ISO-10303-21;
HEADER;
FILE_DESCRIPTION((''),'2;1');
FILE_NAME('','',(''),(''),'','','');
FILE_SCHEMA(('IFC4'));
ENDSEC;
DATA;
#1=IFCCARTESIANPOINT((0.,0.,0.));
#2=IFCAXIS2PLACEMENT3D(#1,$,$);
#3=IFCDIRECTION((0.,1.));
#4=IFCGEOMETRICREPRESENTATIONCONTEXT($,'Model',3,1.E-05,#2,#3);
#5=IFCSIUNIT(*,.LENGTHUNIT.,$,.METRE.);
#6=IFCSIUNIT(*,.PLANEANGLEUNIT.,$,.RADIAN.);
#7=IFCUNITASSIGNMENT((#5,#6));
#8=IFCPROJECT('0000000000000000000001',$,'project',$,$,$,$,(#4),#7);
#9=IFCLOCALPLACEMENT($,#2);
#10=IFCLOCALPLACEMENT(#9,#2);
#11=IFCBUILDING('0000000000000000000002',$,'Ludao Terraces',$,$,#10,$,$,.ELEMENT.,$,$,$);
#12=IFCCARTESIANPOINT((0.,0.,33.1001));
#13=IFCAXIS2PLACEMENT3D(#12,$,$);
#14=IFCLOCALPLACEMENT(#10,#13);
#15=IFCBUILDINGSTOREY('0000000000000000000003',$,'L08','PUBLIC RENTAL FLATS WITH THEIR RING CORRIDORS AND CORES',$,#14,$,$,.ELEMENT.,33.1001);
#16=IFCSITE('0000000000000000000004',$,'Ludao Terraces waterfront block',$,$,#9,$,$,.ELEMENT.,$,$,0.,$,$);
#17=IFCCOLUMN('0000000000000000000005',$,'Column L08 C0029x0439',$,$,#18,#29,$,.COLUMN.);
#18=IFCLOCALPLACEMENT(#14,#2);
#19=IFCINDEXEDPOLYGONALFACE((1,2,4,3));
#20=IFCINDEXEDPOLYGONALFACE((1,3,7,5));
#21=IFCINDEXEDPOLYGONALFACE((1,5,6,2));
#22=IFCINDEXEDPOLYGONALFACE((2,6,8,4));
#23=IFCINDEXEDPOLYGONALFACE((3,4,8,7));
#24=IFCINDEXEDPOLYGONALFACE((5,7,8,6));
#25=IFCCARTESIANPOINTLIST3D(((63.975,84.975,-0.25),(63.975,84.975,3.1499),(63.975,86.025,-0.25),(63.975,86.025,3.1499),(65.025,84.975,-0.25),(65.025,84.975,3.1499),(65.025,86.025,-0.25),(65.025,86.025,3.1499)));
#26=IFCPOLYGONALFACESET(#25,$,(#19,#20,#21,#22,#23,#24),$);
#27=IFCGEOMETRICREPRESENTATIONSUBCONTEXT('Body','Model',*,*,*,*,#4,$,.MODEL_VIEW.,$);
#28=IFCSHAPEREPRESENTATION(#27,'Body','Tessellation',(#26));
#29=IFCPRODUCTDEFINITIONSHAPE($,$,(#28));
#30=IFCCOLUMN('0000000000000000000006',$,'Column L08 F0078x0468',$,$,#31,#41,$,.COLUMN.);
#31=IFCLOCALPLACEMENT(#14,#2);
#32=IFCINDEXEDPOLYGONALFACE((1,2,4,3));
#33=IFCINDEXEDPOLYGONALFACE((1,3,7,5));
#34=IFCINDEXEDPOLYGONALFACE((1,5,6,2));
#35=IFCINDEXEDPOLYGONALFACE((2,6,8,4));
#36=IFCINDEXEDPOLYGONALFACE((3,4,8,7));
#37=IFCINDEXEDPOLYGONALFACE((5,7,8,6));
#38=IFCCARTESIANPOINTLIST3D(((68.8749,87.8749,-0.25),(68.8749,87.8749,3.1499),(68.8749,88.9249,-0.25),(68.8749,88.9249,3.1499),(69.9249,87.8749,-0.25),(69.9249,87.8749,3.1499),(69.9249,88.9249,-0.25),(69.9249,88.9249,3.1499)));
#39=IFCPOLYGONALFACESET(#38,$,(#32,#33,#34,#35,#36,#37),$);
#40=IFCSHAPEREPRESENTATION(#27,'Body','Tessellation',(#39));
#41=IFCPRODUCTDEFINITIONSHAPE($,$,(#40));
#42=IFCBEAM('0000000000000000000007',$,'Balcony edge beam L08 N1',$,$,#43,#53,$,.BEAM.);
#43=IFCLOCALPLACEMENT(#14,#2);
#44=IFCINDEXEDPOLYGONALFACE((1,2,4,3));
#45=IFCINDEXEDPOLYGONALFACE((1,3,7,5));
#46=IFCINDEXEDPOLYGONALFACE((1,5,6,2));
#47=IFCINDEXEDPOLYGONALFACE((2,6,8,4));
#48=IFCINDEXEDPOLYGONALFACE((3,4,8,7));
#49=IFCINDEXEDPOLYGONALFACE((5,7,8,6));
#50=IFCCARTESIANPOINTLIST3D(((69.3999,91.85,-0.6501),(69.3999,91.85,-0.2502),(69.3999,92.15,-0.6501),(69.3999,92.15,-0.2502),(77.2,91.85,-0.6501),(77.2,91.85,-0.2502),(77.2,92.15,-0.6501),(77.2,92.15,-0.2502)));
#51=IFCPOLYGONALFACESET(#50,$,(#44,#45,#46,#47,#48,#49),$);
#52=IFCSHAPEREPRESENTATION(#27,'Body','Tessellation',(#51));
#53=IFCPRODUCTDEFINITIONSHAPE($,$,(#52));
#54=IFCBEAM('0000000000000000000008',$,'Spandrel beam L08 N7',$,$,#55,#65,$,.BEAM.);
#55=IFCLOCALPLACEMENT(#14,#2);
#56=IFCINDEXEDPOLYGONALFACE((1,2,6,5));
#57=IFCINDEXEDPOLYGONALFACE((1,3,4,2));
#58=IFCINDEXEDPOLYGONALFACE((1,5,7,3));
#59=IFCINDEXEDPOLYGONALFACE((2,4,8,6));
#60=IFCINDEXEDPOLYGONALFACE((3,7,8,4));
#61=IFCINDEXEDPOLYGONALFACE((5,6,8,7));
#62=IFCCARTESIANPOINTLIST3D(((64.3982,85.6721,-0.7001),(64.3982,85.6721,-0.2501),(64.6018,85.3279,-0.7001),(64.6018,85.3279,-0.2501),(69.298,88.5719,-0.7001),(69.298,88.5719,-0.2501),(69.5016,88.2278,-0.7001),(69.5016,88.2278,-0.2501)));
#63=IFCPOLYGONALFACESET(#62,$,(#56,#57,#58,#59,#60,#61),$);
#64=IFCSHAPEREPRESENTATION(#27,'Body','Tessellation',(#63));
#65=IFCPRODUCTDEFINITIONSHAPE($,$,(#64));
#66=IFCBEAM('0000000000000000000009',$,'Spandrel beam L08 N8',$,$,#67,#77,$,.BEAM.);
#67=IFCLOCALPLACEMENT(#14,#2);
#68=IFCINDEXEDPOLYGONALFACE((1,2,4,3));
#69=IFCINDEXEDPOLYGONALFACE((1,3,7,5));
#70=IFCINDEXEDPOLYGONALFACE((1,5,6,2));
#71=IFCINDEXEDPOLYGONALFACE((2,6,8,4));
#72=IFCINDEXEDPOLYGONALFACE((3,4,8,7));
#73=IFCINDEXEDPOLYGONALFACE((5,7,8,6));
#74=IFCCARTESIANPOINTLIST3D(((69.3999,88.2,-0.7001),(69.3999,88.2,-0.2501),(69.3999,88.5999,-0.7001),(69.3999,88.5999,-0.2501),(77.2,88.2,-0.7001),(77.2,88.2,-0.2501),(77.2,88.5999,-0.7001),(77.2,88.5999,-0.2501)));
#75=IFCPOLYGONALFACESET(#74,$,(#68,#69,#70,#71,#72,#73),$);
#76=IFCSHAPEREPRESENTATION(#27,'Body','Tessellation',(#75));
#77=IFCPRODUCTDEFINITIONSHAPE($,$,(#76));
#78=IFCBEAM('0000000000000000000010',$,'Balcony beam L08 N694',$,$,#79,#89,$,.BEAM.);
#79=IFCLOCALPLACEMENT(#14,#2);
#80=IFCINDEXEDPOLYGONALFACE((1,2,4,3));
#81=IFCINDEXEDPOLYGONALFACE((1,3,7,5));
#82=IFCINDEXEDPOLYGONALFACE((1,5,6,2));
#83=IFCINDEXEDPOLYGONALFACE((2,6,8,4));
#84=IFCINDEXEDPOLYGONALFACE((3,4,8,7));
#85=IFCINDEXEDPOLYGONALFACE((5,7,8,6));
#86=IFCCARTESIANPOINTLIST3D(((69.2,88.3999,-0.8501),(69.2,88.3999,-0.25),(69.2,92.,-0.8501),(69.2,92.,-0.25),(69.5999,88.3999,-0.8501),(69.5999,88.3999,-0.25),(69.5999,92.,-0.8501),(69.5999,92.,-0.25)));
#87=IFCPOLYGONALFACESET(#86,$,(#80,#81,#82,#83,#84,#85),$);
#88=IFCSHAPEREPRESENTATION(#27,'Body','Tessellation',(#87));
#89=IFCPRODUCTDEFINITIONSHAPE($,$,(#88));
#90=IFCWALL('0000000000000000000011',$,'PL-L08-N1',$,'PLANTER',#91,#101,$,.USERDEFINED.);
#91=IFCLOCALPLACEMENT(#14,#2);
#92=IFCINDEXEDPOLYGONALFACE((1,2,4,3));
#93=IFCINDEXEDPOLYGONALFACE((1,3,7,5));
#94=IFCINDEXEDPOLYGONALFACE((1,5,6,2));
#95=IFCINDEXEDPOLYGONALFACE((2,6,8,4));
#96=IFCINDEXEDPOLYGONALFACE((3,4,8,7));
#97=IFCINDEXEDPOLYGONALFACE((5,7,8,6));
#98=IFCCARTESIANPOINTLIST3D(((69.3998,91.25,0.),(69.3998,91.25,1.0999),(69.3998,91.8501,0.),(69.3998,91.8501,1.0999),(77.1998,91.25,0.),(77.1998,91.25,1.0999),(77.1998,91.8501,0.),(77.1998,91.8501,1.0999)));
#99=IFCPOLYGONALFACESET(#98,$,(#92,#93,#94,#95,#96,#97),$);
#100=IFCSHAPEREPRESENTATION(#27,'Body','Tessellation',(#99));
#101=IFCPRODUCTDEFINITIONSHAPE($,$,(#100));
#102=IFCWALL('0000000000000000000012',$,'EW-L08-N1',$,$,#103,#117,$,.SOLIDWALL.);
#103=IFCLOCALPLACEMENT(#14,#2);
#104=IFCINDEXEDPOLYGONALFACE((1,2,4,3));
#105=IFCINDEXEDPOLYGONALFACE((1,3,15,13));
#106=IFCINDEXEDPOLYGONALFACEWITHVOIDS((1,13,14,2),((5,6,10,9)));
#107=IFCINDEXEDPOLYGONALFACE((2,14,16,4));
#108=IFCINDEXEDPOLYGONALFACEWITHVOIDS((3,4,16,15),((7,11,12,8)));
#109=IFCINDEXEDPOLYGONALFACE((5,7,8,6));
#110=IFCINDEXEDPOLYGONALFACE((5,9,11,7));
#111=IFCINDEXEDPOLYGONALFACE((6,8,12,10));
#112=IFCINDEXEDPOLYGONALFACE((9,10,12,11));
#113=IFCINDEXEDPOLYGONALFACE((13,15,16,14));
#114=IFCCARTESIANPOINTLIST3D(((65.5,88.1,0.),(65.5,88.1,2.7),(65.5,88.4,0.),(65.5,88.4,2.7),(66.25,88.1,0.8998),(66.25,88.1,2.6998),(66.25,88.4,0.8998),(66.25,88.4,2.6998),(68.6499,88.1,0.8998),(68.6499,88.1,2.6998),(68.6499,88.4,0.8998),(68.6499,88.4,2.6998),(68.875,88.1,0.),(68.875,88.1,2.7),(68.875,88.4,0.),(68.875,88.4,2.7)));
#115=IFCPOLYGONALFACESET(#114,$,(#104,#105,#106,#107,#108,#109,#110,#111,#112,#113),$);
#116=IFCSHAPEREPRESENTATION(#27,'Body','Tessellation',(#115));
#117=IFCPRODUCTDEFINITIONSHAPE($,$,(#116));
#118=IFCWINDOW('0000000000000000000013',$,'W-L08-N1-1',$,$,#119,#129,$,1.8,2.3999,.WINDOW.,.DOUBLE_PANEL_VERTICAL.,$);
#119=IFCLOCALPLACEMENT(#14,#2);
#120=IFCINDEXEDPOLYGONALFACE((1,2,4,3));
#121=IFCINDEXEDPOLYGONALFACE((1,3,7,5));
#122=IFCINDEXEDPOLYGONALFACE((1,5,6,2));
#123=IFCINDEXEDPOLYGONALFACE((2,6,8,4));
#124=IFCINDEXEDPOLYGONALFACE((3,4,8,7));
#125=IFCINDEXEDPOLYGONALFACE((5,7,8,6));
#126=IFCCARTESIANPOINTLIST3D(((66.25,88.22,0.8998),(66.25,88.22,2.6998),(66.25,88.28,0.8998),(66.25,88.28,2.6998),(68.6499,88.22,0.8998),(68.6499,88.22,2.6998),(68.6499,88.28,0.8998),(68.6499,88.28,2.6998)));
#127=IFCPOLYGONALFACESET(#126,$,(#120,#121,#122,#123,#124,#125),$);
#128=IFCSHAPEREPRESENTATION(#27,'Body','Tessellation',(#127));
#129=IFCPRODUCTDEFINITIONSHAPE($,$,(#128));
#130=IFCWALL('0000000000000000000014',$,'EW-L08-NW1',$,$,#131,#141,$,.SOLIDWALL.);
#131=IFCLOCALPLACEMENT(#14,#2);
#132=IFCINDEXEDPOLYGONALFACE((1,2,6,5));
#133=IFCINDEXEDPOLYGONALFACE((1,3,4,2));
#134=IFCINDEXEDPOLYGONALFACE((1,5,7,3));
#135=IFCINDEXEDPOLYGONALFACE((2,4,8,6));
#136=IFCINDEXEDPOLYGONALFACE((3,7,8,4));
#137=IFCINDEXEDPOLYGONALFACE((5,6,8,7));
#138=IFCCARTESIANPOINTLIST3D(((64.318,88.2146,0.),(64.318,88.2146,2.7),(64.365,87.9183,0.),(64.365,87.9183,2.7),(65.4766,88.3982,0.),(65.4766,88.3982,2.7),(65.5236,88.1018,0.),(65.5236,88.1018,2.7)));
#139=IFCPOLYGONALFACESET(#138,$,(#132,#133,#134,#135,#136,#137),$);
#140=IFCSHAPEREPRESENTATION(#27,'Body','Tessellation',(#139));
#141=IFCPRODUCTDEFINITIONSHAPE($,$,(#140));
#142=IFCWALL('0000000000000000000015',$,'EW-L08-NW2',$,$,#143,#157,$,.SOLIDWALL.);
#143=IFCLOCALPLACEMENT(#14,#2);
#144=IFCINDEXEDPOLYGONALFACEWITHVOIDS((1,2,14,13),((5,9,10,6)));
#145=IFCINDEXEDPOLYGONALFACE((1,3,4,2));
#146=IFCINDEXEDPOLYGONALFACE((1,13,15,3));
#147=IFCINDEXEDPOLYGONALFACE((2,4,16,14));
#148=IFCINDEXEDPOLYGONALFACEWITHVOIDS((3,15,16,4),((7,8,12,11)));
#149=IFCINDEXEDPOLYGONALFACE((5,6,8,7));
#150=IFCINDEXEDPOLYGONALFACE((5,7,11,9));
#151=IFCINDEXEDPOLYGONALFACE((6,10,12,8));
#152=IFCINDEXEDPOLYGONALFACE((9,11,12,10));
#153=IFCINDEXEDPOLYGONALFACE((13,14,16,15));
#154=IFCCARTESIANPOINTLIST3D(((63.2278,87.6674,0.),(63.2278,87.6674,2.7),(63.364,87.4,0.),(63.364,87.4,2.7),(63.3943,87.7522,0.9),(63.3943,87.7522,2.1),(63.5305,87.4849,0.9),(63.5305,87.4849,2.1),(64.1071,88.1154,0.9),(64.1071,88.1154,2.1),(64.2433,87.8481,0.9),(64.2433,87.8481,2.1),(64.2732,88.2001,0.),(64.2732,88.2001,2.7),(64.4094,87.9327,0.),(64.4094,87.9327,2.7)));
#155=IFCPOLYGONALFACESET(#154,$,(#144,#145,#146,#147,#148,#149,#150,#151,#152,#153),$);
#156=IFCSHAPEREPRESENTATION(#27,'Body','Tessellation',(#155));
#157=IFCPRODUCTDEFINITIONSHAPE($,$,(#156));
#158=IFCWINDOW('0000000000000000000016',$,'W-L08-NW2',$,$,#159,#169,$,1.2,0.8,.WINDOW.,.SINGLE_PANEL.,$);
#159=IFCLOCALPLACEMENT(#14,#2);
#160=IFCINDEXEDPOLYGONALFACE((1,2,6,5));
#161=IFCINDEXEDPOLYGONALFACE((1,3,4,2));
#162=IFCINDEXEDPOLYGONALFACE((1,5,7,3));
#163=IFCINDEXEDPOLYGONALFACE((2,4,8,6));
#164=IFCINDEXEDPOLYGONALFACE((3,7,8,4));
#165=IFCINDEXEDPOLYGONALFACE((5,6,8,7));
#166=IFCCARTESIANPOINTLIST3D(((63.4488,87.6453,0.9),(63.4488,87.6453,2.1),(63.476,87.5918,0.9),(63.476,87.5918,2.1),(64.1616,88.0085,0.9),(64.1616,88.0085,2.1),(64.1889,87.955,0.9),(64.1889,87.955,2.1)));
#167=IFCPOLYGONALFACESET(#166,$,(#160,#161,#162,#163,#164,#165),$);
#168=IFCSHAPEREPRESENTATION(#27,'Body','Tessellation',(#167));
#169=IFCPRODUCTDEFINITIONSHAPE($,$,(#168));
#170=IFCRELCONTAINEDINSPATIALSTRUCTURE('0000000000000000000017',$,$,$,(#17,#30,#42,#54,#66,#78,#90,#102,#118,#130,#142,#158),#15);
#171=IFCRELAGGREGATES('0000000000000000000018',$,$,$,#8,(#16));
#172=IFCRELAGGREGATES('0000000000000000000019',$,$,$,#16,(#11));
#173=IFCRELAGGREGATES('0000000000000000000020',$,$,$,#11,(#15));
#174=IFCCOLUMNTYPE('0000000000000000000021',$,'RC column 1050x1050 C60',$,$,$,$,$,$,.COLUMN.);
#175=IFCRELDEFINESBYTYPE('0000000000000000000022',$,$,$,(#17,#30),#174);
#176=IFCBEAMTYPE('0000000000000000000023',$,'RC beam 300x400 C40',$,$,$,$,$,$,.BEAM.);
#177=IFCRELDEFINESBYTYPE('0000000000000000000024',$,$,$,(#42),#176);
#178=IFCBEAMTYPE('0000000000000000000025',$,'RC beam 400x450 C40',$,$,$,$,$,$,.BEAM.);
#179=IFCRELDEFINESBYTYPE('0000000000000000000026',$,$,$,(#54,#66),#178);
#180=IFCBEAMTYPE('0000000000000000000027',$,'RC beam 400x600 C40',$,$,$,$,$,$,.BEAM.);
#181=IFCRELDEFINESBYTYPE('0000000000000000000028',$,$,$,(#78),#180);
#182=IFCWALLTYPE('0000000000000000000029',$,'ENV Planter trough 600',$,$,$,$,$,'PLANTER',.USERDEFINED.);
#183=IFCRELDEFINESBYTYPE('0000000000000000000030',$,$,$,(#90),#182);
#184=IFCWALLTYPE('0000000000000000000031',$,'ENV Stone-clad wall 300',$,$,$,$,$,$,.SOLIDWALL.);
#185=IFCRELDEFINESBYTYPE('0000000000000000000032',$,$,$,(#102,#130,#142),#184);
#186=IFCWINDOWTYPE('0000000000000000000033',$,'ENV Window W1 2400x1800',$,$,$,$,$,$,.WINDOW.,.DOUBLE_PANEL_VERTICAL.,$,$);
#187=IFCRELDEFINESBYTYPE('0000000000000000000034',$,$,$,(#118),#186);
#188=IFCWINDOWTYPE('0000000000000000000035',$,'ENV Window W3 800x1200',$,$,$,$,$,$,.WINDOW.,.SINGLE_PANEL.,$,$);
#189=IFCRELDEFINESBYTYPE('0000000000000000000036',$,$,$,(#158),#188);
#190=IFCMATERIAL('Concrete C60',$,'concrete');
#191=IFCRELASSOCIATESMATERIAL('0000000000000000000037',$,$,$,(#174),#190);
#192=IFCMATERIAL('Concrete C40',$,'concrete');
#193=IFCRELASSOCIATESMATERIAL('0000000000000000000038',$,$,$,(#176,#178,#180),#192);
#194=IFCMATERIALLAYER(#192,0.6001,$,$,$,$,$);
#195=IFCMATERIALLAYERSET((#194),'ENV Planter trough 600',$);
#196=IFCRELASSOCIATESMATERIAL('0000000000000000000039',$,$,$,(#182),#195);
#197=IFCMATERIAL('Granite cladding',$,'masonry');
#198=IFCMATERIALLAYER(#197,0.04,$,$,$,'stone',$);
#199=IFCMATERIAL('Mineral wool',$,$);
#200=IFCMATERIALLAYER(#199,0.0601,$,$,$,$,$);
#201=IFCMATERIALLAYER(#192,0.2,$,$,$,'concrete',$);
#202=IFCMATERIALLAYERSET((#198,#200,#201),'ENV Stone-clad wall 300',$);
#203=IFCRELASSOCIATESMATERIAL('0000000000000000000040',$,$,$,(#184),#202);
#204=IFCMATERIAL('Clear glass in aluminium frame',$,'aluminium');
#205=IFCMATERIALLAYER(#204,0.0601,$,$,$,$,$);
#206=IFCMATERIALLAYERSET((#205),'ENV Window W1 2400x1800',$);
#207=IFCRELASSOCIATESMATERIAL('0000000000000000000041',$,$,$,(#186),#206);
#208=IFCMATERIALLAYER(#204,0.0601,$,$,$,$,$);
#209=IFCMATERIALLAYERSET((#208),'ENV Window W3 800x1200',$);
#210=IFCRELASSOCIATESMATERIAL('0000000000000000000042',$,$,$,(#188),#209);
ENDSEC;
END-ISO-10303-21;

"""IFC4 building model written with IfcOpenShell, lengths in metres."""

from ifc_helpers import new_model, si_unit, direction, frame, frame_2d, origin, origin_2d, place, context, subcontext, project, spatial, rectangle, extrude, material, layer, layer_set, material_profile, profile_set, type_object, element, fill, save


model = new_model("IFC4")

# Units and contexts
model_context = context("Model", 3, precision=1e-05, world=origin(), true_north=direction((0.0, 1.0)))
body_context = subcontext(model_context, "Body", "Model", "MODEL_VIEW")
ifc_project = project(units=[si_unit("LENGTHUNIT", "METRE"), si_unit("PLANEANGLEUNIT", "RADIAN")], contexts=[model_context])

# Site, building, storey
site_placement = place(None, origin())
site = spatial("IfcSite", under=ifc_project, at=site_placement, Name="Ludao Terraces waterfront block", CompositionType="ELEMENT", RefElevation=0.0)
building_placement = place(site_placement, origin())
building = spatial("IfcBuilding", under=site, at=building_placement, Name="Ludao Terraces", CompositionType="ELEMENT")
storey_placement = place(building_placement, frame((0.0, 0.0, 33.1001)))
storey = spatial("IfcBuildingStorey", under=building, at=storey_placement, Name="L08", Description="PUBLIC RENTAL FLATS WITH THEIR RING CORRIDORS AND CORES", CompositionType="ELEMENT", Elevation=33.1001)

# Columns
ifc_material_1 = material(Name="Concrete C60", Category="concrete")
ifc_material_profile_1 = material_profile(ifc_material_1, rectangle(XDim=1.05, YDim=1.05, at=origin_2d()), Name="1050 X 1050")
ifc_profile_set_1 = profile_set([ifc_material_profile_1], Name="Concrete C60")
column_type = type_object("IfcColumnType", Name="RC column 1050x1050 C60", PredefinedType="COLUMN", material=ifc_profile_set_1)
for number, where, z_axis, x_axis, name in (
    (1, (64.5, 85.5, -0.25), (0.0, 0.0, 1.0), (1.0, 0.0, 0.0), "Column L08 C0029x0439"),
    (2, (69.3999, 88.3999, -0.25), (0.0, 0.0, 1.0), (1.0, 0.0, 0.0), "Column L08 F0078x0468"),
):
    element("IfcColumn", number, at=place(storey_placement, frame(where, z_axis=z_axis, x_axis=x_axis)), inside=storey, type_object=column_type, Name=name, PredefinedType="COLUMN", context=body_context, shape_type="SweptSolid", body=[
        extrude(rectangle(XDim=1.05, YDim=1.05, at=origin_2d()), origin(), (0.0, 0.0, 1.0), 3.3999),
    ])

# Beams
ifc_material_2 = material(Name="Concrete C40", Category="concrete")
ifc_material_profile_2 = material_profile(ifc_material_2, rectangle(XDim=0.3, YDim=0.3999, at=origin_2d()), Name="300 X 400")
ifc_profile_set_2 = profile_set([ifc_material_profile_2], Name="Concrete C40")
beam_type_1 = type_object("IfcBeamType", Name="RC beam 300x400 C40", PredefinedType="BEAM", material=ifc_profile_set_2)
beam_1_placement = place(storey_placement, frame((69.3999, 92.0, -0.4502), z_axis=(1.0, 0.0, 0.0), x_axis=(0.0, 1.0, 0.0)))
element("IfcBeam", 3, at=beam_1_placement, inside=storey, type_object=beam_type_1, Name="Balcony edge beam L08 N1", PredefinedType="BEAM", context=body_context, shape_type="SweptSolid", body=[
    extrude(rectangle(XDim=0.3, YDim=0.3999, at=origin_2d()), origin(), (0.0, 0.0, 1.0), 7.8),
])
ifc_material_profile_3 = material_profile(ifc_material_2, rectangle(XDim=0.3999, YDim=0.45, at=origin_2d()), Name="400 X 450")
ifc_profile_set_3 = profile_set([ifc_material_profile_3], Name="Concrete C40")
beam_type_2 = type_object("IfcBeamType", Name="RC beam 400x450 C40", PredefinedType="BEAM", material=ifc_profile_set_3)
beam_2_placement = place(storey_placement, frame((64.5, 85.5, -0.4751), z_axis=(0.86058, 0.509316, 0.0), x_axis=(-0.509316, 0.86058, 0.0)))
element("IfcBeam", 4, at=beam_2_placement, inside=storey, type_object=beam_type_2, Name="Spandrel beam L08 N7", PredefinedType="BEAM", context=body_context, shape_type="SweptSolid", body=[
    extrude(rectangle(XDim=0.3999, YDim=0.45, at=origin_2d()), origin(), (0.0, 0.0, 1.0), 5.6936),
])
beam_3_placement = place(storey_placement, frame((69.3999, 88.3999, -0.4751), z_axis=(1.0, 0.0, 0.0), x_axis=(0.0, 1.0, 0.0)))
element("IfcBeam", 5, at=beam_3_placement, inside=storey, type_object=beam_type_2, Name="Spandrel beam L08 N8", PredefinedType="BEAM", context=body_context, shape_type="SweptSolid", body=[
    extrude(rectangle(XDim=0.3999, YDim=0.45, at=origin_2d()), origin(), (0.0, 0.0, 1.0), 7.8),
])
ifc_material_profile_4 = material_profile(ifc_material_2, rectangle(XDim=0.3999, YDim=0.6001, at=origin_2d()), Name="400 X 600")
ifc_profile_set_4 = profile_set([ifc_material_profile_4], Name="Concrete C40")
beam_type_3 = type_object("IfcBeamType", Name="RC beam 400x600 C40", PredefinedType="BEAM", material=ifc_profile_set_4)
beam_4_placement = place(storey_placement, frame((69.3999, 88.3999, -0.55), z_axis=(0.0, 1.0, 0.0), x_axis=(-1.0, 0.0, 0.0)))
element("IfcBeam", 6, at=beam_4_placement, inside=storey, type_object=beam_type_3, Name="Balcony beam L08 N694", PredefinedType="BEAM", context=body_context, shape_type="SweptSolid", body=[
    extrude(rectangle(XDim=0.3999, YDim=0.6001, at=origin_2d()), origin(), (0.0, 0.0, 1.0), 3.6001),
])

# Wall
ifc_layer_1 = layer(ifc_material_2, 0.6001)
ifc_layer_set_1 = layer_set([ifc_layer_1], Name="ENV Planter trough 600")
wall_type_1 = type_object("IfcWallType", Name="ENV Planter trough 600", ElementType="PLANTER", PredefinedType="USERDEFINED", material=ifc_layer_set_1)
wall_1_placement = place(storey_placement, frame((69.3999, 91.55, 0.0), z_axis=(0.0, 0.0, 1.0), x_axis=(1.0, 0.0, 0.0)))
element("IfcWall", 7, at=wall_1_placement, inside=storey, type_object=wall_type_1, Name="PL-L08-N1", ObjectType="PLANTER", PredefinedType="USERDEFINED", context=body_context, shape_type="SweptSolid", body=[
    extrude(rectangle(XDim=7.8, YDim=0.6001, at=frame_2d((3.8999, 0.0))), origin(), (0.0, 0.0, 1.0), 1.0999),
])

# Wall, opening, window
ifc_material_3 = material(Name="Granite cladding", Category="masonry")
ifc_layer_2 = layer(ifc_material_3, 0.04, Category="stone")
ifc_material_4 = material(Name="Mineral wool")
ifc_layer_3 = layer(ifc_material_4, 0.0601)
ifc_layer_4 = layer(ifc_material_2, 0.2, Category="concrete")
ifc_layer_set_2 = layer_set([ifc_layer_2, ifc_layer_3, ifc_layer_4], Name="ENV Stone-clad wall 300")
wall_type_2 = type_object("IfcWallType", Name="ENV Stone-clad wall 300", PredefinedType="SOLIDWALL", material=ifc_layer_set_2)
wall_2_placement = place(storey_placement, frame((65.5, 88.25, 0.0), z_axis=(0.0, 0.0, 1.0), x_axis=(1.0, 0.0, 0.0)))
wall_2 = element("IfcWall", 8, at=wall_2_placement, inside=storey, type_object=wall_type_2, Name="EW-L08-N1", PredefinedType="SOLIDWALL", context=body_context, shape_type="SweptSolid", body=[
    extrude(rectangle(XDim=3.375, YDim=0.3, at=frame_2d((1.6875, 0.0))), origin(), (0.0, 0.0, 1.0), 2.7),
])
opening_1_placement = place(wall_2_placement, frame((0.75, 0.0, 0.8999)))
opening_1 = element("IfcOpeningElement", 9, at=opening_1_placement, cuts=wall_2, PredefinedType="OPENING", context=body_context, shape_type="SweptSolid", body=[
    extrude(rectangle(XDim=2.3999, YDim=1.8, at=frame_2d((1.2, 0.8999))), frame((0.0, 0.1602, 0.0), z_axis=(0.0, -1.0, 0.0), x_axis=(1.0, 0.0, 0.0)), (0.0, 0.0, 1.0), 0.3201),
])
ifc_material_5 = material(Name="Clear glass in aluminium frame", Category="aluminium")
ifc_layer_5 = layer(ifc_material_5, 0.0601)
ifc_layer_set_3 = layer_set([ifc_layer_5], Name="ENV Window W1 2400x1800")
window_type_1 = type_object("IfcWindowType", Name="ENV Window W1 2400x1800", PartitioningType="DOUBLE_PANEL_VERTICAL", PredefinedType="WINDOW", material=ifc_layer_set_3)
window_1_placement = place(opening_1_placement, origin())
window_1 = element("IfcWindow", 10, at=window_1_placement, inside=storey, type_object=window_type_1, Name="W-L08-N1-1", OverallHeight=1.8, OverallWidth=2.3999, PartitioningType="DOUBLE_PANEL_VERTICAL", PredefinedType="WINDOW", context=body_context, shape_type="SweptSolid", body=[
    extrude(rectangle(XDim=2.3999, YDim=1.8, at=frame_2d((1.2, 0.8999))), frame((0.0, 0.03, 0.0), z_axis=(0.0, -1.0, 0.0), x_axis=(1.0, 0.0, 0.0)), (0.0, 0.0, 1.0), 0.0601),
])
fill(opening_1, window_1)

# Wall
wall_3_placement = place(storey_placement, frame((65.5, 88.25, 0.0), z_axis=(0.0, 0.0, 1.0), x_axis=(-0.987678, -0.156497, 0.0)))
element("IfcWall", 11, at=wall_3_placement, inside=storey, type_object=wall_type_2, Name="EW-L08-NW1", PredefinedType="SOLIDWALL", context=body_context, shape_type="SweptSolid", body=[
    extrude(rectangle(XDim=1.1731, YDim=0.3, at=frame_2d((0.5864, 0.0))), origin(), (0.0, 0.0, 1.0), 2.7),
])

# Wall, opening, window
wall_4_placement = place(storey_placement, frame((64.3413, 88.0664, 0.0), z_axis=(0.0, 0.0, 1.0), x_axis=(-0.890989, -0.454026, 0.0)))
wall_4 = element("IfcWall", 12, at=wall_4_placement, inside=storey, type_object=wall_type_2, Name="EW-L08-NW2", PredefinedType="SOLIDWALL", context=body_context, shape_type="SweptSolid", body=[
    extrude(rectangle(XDim=1.1733, YDim=0.3, at=frame_2d((0.5867, 0.0))), origin(), (0.0, 0.0, 1.0), 2.7),
])
opening_2_placement = place(wall_4_placement, frame((0.1865, 0.0, 0.8999)))
opening_2 = element("IfcOpeningElement", 13, at=opening_2_placement, cuts=wall_4, PredefinedType="OPENING", context=body_context, shape_type="SweptSolid", body=[
    extrude(rectangle(XDim=0.8, YDim=1.2, at=frame_2d((0.3999, 0.6001))), frame((0.0, 0.1602, 0.0), z_axis=(0.0, -1.0, 0.0), x_axis=(1.0, 0.0, 0.0)), (0.0, 0.0, 1.0), 0.3201),
])
ifc_layer_6 = layer(ifc_material_5, 0.0601)
ifc_layer_set_4 = layer_set([ifc_layer_6], Name="ENV Window W3 800x1200")
window_type_2 = type_object("IfcWindowType", Name="ENV Window W3 800x1200", PartitioningType="SINGLE_PANEL", PredefinedType="WINDOW", material=ifc_layer_set_4)
window_2_placement = place(opening_2_placement, origin())
window_2 = element("IfcWindow", 14, at=window_2_placement, inside=storey, type_object=window_type_2, Name="W-L08-NW2", OverallHeight=1.2, OverallWidth=0.8, PartitioningType="SINGLE_PANEL", PredefinedType="WINDOW", context=body_context, shape_type="SweptSolid", body=[
    extrude(rectangle(XDim=0.8, YDim=1.2, at=frame_2d((0.3999, 0.6001))), frame((0.0, 0.03, 0.0), z_axis=(0.0, -1.0, 0.0), x_axis=(1.0, 0.0, 0.0)), (0.0, 0.0, 1.0), 0.0601),
])
fill(opening_2, window_2)

save(model, "model.ifc")
